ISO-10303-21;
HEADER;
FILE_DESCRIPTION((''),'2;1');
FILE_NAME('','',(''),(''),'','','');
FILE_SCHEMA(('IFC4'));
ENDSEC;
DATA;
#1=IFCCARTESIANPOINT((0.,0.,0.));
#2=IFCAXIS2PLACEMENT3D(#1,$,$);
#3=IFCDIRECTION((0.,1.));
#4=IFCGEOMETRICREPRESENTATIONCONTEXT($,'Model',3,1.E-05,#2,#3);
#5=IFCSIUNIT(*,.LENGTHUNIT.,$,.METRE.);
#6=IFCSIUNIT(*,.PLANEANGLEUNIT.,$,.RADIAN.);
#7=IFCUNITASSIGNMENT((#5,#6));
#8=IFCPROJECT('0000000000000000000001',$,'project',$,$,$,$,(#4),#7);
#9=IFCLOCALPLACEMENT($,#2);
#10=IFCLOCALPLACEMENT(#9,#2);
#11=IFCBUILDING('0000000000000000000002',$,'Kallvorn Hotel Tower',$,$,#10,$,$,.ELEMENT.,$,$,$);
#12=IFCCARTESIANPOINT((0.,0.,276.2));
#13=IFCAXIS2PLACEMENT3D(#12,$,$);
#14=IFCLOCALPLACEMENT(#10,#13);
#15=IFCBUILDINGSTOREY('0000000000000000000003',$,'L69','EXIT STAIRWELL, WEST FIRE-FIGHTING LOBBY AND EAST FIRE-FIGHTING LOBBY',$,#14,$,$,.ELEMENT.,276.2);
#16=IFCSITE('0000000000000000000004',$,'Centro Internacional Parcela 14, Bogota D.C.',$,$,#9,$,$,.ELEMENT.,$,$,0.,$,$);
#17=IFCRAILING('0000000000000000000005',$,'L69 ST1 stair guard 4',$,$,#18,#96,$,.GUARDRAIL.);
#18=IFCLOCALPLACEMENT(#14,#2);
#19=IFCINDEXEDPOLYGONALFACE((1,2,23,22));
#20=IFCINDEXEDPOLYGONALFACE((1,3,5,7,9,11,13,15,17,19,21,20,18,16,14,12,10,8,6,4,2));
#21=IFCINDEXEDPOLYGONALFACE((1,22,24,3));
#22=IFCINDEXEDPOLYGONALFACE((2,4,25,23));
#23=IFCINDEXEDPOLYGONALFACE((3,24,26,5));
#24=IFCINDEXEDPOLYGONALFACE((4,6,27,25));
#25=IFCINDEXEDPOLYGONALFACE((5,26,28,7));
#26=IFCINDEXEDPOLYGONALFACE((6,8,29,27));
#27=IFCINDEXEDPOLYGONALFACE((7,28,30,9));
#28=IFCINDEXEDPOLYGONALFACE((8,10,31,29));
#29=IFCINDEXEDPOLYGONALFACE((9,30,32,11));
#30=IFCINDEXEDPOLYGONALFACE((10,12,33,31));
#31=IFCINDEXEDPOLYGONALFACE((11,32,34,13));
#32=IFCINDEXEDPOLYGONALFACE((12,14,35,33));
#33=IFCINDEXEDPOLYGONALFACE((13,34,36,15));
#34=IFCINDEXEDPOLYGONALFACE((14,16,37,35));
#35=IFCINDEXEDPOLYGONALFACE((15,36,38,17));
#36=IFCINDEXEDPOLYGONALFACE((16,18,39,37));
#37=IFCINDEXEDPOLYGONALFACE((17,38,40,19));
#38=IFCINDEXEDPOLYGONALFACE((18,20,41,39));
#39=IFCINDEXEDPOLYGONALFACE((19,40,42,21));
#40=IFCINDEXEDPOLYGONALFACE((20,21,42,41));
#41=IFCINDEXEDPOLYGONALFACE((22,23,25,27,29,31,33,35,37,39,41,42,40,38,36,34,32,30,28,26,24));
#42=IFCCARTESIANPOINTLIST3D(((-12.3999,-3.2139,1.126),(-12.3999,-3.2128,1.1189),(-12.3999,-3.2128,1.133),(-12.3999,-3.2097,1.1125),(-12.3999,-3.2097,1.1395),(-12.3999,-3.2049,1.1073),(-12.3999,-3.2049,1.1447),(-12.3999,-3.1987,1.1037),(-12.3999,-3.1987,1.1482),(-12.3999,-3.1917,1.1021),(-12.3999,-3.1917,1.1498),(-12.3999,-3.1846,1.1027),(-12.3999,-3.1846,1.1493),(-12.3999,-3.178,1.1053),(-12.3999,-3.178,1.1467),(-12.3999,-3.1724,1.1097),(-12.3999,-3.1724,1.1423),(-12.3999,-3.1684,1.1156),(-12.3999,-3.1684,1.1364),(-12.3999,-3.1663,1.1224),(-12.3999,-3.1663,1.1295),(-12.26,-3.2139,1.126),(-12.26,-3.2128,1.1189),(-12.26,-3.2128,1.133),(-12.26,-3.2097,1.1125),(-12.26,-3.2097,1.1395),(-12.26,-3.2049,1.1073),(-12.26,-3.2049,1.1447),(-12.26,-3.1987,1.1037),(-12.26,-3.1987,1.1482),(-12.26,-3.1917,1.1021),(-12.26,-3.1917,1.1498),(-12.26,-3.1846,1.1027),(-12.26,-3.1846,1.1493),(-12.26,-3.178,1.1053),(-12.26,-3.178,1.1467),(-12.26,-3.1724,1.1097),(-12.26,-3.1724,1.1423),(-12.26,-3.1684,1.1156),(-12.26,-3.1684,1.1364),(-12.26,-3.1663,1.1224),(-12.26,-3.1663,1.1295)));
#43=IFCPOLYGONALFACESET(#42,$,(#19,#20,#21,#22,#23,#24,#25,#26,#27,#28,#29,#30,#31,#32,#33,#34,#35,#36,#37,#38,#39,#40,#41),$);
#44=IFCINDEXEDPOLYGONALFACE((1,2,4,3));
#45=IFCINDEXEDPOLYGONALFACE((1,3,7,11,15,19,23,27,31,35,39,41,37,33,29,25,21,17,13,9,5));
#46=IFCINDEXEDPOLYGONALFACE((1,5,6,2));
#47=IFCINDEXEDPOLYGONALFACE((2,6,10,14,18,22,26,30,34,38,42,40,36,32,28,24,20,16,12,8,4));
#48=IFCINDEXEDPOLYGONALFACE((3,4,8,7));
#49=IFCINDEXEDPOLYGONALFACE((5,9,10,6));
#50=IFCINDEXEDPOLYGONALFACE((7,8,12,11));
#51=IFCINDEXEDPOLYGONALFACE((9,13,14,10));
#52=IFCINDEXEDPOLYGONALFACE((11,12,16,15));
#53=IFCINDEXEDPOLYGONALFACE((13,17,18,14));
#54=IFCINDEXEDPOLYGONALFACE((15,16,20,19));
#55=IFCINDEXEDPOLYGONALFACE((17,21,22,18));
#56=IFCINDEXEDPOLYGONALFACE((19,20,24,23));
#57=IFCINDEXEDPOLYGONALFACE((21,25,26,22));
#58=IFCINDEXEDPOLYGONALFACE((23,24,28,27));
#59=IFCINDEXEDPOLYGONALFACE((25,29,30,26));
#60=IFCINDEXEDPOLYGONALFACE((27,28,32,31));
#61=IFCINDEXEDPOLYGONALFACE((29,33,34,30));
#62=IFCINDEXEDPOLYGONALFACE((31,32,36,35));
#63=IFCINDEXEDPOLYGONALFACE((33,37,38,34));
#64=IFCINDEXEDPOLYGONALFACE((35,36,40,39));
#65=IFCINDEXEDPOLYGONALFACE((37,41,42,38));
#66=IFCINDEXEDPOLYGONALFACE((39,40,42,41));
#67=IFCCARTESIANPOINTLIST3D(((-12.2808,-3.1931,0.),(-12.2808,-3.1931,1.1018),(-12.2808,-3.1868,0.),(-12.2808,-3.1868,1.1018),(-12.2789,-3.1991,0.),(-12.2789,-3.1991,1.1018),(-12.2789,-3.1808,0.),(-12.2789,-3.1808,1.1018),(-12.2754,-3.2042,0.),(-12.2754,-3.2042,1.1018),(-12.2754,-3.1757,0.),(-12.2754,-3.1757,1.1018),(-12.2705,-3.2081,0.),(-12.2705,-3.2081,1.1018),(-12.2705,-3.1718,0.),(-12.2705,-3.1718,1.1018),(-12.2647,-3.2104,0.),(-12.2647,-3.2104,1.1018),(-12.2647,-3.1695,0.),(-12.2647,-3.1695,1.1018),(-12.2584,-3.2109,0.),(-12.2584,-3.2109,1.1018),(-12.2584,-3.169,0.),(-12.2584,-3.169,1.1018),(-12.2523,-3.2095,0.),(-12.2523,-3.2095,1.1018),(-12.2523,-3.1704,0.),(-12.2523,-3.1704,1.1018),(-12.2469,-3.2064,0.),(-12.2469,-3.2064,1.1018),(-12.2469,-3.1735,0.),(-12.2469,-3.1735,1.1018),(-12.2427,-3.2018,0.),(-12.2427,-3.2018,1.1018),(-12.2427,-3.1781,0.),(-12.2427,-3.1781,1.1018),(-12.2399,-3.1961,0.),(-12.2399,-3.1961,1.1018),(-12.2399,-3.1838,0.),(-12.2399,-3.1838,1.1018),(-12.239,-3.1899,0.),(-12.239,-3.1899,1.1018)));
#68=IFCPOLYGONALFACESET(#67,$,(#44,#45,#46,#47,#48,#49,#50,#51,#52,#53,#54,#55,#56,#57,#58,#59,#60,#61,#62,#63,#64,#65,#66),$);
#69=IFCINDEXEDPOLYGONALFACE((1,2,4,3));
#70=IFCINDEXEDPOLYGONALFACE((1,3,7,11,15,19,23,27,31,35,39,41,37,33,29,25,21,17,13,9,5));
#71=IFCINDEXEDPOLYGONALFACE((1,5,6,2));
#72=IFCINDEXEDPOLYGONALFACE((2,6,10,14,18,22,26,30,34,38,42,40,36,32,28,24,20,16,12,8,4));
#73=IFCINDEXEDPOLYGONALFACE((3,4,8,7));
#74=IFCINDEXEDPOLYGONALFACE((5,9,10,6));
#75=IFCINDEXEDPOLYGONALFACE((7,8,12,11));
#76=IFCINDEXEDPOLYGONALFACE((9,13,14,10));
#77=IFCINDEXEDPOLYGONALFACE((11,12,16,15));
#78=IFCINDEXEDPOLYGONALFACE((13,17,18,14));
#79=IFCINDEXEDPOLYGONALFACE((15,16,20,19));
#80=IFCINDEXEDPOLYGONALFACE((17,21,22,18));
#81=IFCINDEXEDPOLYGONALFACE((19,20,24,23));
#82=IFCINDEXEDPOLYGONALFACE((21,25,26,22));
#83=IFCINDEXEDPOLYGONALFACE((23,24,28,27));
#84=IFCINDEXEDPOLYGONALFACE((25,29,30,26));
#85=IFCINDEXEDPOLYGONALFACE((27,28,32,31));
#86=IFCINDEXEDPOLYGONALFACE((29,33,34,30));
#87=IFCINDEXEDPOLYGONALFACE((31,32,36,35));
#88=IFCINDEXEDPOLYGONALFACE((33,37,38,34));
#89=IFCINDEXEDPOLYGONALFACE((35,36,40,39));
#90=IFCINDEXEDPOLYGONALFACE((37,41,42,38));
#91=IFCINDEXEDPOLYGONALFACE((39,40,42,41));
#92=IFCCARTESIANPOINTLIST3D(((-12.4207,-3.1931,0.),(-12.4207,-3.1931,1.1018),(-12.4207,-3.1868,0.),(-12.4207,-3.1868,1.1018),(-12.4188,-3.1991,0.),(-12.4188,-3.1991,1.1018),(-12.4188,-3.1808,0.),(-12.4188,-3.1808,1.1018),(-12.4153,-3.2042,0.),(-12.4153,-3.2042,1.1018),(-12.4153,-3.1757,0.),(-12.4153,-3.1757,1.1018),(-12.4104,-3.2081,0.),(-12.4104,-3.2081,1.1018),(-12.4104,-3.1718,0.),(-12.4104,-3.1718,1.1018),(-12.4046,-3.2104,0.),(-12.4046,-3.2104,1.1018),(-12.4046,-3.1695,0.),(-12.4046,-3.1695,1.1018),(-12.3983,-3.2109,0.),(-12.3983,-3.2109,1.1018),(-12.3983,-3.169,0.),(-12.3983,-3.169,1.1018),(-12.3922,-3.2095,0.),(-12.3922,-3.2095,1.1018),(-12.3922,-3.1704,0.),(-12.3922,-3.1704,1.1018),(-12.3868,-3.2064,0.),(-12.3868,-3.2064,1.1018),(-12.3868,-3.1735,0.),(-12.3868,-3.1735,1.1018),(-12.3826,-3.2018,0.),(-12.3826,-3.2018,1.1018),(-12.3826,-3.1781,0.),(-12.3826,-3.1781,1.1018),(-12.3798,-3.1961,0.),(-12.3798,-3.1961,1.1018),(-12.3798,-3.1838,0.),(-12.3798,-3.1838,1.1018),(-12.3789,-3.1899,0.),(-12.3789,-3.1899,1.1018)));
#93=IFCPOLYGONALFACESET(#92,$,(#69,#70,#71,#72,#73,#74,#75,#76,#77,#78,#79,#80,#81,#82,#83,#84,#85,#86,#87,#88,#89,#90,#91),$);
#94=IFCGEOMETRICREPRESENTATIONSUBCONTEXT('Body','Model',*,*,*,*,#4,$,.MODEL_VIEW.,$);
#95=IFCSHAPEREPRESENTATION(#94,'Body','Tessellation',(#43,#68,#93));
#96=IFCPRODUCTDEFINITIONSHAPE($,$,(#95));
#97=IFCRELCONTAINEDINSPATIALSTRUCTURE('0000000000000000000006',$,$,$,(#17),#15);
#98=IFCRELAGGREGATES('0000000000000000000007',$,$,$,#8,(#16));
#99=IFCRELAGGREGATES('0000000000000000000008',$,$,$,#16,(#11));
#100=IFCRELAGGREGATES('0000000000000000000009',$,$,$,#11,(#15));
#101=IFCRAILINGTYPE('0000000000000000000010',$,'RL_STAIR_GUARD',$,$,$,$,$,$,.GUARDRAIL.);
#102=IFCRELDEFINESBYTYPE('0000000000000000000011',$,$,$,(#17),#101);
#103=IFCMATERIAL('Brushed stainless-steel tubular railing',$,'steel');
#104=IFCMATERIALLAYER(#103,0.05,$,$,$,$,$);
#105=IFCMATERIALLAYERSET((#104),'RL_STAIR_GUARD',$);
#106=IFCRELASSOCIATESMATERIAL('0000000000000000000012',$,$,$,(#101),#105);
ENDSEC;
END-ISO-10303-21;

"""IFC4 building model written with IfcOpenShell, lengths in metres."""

from ifc_helpers import new_model, si_unit, direction, frame, origin, origin_2d, place, context, subcontext, project, spatial, circle, extrude, material, layer, layer_set, type_object, element, save


model = new_model("IFC4")

# Units and contexts
model_context = context("Model", 3, precision=1e-05, world=origin(), true_north=direction((0.0, 1.0)))
body_context = subcontext(model_context, "Body", "Model", "MODEL_VIEW")
ifc_project = project(units=[si_unit("LENGTHUNIT", "METRE"), si_unit("PLANEANGLEUNIT", "RADIAN")], contexts=[model_context])

# Site, building, storey
site_placement = place(None, origin())
site = spatial("IfcSite", under=ifc_project, at=site_placement, Name="Centro Internacional Parcela 14, Bogota D.C.", CompositionType="ELEMENT", RefElevation=0.0)
building_placement = place(site_placement, origin())
building = spatial("IfcBuilding", under=site, at=building_placement, Name="Kallvorn Hotel Tower", CompositionType="ELEMENT")
storey_placement = place(building_placement, frame((0.0, 0.0, 276.2)))
storey = spatial("IfcBuildingStorey", under=building, at=storey_placement, Name="L69", Description="EXIT STAIRWELL, WEST FIRE-FIGHTING LOBBY AND EAST FIRE-FIGHTING LOBBY", CompositionType="ELEMENT", Elevation=276.2)

# Railing
ifc_material_1 = material(Name="Brushed stainless-steel tubular railing", Category="steel")
ifc_layer_1 = layer(ifc_material_1, 0.05)
ifc_layer_set_1 = layer_set([ifc_layer_1], Name="RL_STAIR_GUARD")
railing_type_1 = type_object("IfcRailingType", Name="RL_STAIR_GUARD", PredefinedType="GUARDRAIL", material=ifc_layer_set_1)
railing_1_placement = place(storey_placement, frame((-12.26, -3.1899, 0.0)))
element("IfcRailing", 1, at=railing_1_placement, inside=storey, type_object=railing_type_1, Name="L69 ST1 stair guard 4", PredefinedType="GUARDRAIL", context=body_context, shape_type="SweptSolid", body=[
    extrude(circle(Radius=0.0239, at=origin_2d()), frame((0.0, 0.0, 1.126), z_axis=(-1.0, 0.0, 0.0), x_axis=(0.0, -1.0, 0.0)), (0.0, 0.0, 1.0), 0.1399),
    extrude(circle(Radius=0.021, at=origin_2d()), origin(), (0.0, 0.0, 1.0), 1.1018),
    extrude(circle(Radius=0.021, at=origin_2d()), frame((-0.1399, 0.0, 0.0)), (0.0, 0.0, 1.0), 1.1018),
])

save(model, "model.ifc")
